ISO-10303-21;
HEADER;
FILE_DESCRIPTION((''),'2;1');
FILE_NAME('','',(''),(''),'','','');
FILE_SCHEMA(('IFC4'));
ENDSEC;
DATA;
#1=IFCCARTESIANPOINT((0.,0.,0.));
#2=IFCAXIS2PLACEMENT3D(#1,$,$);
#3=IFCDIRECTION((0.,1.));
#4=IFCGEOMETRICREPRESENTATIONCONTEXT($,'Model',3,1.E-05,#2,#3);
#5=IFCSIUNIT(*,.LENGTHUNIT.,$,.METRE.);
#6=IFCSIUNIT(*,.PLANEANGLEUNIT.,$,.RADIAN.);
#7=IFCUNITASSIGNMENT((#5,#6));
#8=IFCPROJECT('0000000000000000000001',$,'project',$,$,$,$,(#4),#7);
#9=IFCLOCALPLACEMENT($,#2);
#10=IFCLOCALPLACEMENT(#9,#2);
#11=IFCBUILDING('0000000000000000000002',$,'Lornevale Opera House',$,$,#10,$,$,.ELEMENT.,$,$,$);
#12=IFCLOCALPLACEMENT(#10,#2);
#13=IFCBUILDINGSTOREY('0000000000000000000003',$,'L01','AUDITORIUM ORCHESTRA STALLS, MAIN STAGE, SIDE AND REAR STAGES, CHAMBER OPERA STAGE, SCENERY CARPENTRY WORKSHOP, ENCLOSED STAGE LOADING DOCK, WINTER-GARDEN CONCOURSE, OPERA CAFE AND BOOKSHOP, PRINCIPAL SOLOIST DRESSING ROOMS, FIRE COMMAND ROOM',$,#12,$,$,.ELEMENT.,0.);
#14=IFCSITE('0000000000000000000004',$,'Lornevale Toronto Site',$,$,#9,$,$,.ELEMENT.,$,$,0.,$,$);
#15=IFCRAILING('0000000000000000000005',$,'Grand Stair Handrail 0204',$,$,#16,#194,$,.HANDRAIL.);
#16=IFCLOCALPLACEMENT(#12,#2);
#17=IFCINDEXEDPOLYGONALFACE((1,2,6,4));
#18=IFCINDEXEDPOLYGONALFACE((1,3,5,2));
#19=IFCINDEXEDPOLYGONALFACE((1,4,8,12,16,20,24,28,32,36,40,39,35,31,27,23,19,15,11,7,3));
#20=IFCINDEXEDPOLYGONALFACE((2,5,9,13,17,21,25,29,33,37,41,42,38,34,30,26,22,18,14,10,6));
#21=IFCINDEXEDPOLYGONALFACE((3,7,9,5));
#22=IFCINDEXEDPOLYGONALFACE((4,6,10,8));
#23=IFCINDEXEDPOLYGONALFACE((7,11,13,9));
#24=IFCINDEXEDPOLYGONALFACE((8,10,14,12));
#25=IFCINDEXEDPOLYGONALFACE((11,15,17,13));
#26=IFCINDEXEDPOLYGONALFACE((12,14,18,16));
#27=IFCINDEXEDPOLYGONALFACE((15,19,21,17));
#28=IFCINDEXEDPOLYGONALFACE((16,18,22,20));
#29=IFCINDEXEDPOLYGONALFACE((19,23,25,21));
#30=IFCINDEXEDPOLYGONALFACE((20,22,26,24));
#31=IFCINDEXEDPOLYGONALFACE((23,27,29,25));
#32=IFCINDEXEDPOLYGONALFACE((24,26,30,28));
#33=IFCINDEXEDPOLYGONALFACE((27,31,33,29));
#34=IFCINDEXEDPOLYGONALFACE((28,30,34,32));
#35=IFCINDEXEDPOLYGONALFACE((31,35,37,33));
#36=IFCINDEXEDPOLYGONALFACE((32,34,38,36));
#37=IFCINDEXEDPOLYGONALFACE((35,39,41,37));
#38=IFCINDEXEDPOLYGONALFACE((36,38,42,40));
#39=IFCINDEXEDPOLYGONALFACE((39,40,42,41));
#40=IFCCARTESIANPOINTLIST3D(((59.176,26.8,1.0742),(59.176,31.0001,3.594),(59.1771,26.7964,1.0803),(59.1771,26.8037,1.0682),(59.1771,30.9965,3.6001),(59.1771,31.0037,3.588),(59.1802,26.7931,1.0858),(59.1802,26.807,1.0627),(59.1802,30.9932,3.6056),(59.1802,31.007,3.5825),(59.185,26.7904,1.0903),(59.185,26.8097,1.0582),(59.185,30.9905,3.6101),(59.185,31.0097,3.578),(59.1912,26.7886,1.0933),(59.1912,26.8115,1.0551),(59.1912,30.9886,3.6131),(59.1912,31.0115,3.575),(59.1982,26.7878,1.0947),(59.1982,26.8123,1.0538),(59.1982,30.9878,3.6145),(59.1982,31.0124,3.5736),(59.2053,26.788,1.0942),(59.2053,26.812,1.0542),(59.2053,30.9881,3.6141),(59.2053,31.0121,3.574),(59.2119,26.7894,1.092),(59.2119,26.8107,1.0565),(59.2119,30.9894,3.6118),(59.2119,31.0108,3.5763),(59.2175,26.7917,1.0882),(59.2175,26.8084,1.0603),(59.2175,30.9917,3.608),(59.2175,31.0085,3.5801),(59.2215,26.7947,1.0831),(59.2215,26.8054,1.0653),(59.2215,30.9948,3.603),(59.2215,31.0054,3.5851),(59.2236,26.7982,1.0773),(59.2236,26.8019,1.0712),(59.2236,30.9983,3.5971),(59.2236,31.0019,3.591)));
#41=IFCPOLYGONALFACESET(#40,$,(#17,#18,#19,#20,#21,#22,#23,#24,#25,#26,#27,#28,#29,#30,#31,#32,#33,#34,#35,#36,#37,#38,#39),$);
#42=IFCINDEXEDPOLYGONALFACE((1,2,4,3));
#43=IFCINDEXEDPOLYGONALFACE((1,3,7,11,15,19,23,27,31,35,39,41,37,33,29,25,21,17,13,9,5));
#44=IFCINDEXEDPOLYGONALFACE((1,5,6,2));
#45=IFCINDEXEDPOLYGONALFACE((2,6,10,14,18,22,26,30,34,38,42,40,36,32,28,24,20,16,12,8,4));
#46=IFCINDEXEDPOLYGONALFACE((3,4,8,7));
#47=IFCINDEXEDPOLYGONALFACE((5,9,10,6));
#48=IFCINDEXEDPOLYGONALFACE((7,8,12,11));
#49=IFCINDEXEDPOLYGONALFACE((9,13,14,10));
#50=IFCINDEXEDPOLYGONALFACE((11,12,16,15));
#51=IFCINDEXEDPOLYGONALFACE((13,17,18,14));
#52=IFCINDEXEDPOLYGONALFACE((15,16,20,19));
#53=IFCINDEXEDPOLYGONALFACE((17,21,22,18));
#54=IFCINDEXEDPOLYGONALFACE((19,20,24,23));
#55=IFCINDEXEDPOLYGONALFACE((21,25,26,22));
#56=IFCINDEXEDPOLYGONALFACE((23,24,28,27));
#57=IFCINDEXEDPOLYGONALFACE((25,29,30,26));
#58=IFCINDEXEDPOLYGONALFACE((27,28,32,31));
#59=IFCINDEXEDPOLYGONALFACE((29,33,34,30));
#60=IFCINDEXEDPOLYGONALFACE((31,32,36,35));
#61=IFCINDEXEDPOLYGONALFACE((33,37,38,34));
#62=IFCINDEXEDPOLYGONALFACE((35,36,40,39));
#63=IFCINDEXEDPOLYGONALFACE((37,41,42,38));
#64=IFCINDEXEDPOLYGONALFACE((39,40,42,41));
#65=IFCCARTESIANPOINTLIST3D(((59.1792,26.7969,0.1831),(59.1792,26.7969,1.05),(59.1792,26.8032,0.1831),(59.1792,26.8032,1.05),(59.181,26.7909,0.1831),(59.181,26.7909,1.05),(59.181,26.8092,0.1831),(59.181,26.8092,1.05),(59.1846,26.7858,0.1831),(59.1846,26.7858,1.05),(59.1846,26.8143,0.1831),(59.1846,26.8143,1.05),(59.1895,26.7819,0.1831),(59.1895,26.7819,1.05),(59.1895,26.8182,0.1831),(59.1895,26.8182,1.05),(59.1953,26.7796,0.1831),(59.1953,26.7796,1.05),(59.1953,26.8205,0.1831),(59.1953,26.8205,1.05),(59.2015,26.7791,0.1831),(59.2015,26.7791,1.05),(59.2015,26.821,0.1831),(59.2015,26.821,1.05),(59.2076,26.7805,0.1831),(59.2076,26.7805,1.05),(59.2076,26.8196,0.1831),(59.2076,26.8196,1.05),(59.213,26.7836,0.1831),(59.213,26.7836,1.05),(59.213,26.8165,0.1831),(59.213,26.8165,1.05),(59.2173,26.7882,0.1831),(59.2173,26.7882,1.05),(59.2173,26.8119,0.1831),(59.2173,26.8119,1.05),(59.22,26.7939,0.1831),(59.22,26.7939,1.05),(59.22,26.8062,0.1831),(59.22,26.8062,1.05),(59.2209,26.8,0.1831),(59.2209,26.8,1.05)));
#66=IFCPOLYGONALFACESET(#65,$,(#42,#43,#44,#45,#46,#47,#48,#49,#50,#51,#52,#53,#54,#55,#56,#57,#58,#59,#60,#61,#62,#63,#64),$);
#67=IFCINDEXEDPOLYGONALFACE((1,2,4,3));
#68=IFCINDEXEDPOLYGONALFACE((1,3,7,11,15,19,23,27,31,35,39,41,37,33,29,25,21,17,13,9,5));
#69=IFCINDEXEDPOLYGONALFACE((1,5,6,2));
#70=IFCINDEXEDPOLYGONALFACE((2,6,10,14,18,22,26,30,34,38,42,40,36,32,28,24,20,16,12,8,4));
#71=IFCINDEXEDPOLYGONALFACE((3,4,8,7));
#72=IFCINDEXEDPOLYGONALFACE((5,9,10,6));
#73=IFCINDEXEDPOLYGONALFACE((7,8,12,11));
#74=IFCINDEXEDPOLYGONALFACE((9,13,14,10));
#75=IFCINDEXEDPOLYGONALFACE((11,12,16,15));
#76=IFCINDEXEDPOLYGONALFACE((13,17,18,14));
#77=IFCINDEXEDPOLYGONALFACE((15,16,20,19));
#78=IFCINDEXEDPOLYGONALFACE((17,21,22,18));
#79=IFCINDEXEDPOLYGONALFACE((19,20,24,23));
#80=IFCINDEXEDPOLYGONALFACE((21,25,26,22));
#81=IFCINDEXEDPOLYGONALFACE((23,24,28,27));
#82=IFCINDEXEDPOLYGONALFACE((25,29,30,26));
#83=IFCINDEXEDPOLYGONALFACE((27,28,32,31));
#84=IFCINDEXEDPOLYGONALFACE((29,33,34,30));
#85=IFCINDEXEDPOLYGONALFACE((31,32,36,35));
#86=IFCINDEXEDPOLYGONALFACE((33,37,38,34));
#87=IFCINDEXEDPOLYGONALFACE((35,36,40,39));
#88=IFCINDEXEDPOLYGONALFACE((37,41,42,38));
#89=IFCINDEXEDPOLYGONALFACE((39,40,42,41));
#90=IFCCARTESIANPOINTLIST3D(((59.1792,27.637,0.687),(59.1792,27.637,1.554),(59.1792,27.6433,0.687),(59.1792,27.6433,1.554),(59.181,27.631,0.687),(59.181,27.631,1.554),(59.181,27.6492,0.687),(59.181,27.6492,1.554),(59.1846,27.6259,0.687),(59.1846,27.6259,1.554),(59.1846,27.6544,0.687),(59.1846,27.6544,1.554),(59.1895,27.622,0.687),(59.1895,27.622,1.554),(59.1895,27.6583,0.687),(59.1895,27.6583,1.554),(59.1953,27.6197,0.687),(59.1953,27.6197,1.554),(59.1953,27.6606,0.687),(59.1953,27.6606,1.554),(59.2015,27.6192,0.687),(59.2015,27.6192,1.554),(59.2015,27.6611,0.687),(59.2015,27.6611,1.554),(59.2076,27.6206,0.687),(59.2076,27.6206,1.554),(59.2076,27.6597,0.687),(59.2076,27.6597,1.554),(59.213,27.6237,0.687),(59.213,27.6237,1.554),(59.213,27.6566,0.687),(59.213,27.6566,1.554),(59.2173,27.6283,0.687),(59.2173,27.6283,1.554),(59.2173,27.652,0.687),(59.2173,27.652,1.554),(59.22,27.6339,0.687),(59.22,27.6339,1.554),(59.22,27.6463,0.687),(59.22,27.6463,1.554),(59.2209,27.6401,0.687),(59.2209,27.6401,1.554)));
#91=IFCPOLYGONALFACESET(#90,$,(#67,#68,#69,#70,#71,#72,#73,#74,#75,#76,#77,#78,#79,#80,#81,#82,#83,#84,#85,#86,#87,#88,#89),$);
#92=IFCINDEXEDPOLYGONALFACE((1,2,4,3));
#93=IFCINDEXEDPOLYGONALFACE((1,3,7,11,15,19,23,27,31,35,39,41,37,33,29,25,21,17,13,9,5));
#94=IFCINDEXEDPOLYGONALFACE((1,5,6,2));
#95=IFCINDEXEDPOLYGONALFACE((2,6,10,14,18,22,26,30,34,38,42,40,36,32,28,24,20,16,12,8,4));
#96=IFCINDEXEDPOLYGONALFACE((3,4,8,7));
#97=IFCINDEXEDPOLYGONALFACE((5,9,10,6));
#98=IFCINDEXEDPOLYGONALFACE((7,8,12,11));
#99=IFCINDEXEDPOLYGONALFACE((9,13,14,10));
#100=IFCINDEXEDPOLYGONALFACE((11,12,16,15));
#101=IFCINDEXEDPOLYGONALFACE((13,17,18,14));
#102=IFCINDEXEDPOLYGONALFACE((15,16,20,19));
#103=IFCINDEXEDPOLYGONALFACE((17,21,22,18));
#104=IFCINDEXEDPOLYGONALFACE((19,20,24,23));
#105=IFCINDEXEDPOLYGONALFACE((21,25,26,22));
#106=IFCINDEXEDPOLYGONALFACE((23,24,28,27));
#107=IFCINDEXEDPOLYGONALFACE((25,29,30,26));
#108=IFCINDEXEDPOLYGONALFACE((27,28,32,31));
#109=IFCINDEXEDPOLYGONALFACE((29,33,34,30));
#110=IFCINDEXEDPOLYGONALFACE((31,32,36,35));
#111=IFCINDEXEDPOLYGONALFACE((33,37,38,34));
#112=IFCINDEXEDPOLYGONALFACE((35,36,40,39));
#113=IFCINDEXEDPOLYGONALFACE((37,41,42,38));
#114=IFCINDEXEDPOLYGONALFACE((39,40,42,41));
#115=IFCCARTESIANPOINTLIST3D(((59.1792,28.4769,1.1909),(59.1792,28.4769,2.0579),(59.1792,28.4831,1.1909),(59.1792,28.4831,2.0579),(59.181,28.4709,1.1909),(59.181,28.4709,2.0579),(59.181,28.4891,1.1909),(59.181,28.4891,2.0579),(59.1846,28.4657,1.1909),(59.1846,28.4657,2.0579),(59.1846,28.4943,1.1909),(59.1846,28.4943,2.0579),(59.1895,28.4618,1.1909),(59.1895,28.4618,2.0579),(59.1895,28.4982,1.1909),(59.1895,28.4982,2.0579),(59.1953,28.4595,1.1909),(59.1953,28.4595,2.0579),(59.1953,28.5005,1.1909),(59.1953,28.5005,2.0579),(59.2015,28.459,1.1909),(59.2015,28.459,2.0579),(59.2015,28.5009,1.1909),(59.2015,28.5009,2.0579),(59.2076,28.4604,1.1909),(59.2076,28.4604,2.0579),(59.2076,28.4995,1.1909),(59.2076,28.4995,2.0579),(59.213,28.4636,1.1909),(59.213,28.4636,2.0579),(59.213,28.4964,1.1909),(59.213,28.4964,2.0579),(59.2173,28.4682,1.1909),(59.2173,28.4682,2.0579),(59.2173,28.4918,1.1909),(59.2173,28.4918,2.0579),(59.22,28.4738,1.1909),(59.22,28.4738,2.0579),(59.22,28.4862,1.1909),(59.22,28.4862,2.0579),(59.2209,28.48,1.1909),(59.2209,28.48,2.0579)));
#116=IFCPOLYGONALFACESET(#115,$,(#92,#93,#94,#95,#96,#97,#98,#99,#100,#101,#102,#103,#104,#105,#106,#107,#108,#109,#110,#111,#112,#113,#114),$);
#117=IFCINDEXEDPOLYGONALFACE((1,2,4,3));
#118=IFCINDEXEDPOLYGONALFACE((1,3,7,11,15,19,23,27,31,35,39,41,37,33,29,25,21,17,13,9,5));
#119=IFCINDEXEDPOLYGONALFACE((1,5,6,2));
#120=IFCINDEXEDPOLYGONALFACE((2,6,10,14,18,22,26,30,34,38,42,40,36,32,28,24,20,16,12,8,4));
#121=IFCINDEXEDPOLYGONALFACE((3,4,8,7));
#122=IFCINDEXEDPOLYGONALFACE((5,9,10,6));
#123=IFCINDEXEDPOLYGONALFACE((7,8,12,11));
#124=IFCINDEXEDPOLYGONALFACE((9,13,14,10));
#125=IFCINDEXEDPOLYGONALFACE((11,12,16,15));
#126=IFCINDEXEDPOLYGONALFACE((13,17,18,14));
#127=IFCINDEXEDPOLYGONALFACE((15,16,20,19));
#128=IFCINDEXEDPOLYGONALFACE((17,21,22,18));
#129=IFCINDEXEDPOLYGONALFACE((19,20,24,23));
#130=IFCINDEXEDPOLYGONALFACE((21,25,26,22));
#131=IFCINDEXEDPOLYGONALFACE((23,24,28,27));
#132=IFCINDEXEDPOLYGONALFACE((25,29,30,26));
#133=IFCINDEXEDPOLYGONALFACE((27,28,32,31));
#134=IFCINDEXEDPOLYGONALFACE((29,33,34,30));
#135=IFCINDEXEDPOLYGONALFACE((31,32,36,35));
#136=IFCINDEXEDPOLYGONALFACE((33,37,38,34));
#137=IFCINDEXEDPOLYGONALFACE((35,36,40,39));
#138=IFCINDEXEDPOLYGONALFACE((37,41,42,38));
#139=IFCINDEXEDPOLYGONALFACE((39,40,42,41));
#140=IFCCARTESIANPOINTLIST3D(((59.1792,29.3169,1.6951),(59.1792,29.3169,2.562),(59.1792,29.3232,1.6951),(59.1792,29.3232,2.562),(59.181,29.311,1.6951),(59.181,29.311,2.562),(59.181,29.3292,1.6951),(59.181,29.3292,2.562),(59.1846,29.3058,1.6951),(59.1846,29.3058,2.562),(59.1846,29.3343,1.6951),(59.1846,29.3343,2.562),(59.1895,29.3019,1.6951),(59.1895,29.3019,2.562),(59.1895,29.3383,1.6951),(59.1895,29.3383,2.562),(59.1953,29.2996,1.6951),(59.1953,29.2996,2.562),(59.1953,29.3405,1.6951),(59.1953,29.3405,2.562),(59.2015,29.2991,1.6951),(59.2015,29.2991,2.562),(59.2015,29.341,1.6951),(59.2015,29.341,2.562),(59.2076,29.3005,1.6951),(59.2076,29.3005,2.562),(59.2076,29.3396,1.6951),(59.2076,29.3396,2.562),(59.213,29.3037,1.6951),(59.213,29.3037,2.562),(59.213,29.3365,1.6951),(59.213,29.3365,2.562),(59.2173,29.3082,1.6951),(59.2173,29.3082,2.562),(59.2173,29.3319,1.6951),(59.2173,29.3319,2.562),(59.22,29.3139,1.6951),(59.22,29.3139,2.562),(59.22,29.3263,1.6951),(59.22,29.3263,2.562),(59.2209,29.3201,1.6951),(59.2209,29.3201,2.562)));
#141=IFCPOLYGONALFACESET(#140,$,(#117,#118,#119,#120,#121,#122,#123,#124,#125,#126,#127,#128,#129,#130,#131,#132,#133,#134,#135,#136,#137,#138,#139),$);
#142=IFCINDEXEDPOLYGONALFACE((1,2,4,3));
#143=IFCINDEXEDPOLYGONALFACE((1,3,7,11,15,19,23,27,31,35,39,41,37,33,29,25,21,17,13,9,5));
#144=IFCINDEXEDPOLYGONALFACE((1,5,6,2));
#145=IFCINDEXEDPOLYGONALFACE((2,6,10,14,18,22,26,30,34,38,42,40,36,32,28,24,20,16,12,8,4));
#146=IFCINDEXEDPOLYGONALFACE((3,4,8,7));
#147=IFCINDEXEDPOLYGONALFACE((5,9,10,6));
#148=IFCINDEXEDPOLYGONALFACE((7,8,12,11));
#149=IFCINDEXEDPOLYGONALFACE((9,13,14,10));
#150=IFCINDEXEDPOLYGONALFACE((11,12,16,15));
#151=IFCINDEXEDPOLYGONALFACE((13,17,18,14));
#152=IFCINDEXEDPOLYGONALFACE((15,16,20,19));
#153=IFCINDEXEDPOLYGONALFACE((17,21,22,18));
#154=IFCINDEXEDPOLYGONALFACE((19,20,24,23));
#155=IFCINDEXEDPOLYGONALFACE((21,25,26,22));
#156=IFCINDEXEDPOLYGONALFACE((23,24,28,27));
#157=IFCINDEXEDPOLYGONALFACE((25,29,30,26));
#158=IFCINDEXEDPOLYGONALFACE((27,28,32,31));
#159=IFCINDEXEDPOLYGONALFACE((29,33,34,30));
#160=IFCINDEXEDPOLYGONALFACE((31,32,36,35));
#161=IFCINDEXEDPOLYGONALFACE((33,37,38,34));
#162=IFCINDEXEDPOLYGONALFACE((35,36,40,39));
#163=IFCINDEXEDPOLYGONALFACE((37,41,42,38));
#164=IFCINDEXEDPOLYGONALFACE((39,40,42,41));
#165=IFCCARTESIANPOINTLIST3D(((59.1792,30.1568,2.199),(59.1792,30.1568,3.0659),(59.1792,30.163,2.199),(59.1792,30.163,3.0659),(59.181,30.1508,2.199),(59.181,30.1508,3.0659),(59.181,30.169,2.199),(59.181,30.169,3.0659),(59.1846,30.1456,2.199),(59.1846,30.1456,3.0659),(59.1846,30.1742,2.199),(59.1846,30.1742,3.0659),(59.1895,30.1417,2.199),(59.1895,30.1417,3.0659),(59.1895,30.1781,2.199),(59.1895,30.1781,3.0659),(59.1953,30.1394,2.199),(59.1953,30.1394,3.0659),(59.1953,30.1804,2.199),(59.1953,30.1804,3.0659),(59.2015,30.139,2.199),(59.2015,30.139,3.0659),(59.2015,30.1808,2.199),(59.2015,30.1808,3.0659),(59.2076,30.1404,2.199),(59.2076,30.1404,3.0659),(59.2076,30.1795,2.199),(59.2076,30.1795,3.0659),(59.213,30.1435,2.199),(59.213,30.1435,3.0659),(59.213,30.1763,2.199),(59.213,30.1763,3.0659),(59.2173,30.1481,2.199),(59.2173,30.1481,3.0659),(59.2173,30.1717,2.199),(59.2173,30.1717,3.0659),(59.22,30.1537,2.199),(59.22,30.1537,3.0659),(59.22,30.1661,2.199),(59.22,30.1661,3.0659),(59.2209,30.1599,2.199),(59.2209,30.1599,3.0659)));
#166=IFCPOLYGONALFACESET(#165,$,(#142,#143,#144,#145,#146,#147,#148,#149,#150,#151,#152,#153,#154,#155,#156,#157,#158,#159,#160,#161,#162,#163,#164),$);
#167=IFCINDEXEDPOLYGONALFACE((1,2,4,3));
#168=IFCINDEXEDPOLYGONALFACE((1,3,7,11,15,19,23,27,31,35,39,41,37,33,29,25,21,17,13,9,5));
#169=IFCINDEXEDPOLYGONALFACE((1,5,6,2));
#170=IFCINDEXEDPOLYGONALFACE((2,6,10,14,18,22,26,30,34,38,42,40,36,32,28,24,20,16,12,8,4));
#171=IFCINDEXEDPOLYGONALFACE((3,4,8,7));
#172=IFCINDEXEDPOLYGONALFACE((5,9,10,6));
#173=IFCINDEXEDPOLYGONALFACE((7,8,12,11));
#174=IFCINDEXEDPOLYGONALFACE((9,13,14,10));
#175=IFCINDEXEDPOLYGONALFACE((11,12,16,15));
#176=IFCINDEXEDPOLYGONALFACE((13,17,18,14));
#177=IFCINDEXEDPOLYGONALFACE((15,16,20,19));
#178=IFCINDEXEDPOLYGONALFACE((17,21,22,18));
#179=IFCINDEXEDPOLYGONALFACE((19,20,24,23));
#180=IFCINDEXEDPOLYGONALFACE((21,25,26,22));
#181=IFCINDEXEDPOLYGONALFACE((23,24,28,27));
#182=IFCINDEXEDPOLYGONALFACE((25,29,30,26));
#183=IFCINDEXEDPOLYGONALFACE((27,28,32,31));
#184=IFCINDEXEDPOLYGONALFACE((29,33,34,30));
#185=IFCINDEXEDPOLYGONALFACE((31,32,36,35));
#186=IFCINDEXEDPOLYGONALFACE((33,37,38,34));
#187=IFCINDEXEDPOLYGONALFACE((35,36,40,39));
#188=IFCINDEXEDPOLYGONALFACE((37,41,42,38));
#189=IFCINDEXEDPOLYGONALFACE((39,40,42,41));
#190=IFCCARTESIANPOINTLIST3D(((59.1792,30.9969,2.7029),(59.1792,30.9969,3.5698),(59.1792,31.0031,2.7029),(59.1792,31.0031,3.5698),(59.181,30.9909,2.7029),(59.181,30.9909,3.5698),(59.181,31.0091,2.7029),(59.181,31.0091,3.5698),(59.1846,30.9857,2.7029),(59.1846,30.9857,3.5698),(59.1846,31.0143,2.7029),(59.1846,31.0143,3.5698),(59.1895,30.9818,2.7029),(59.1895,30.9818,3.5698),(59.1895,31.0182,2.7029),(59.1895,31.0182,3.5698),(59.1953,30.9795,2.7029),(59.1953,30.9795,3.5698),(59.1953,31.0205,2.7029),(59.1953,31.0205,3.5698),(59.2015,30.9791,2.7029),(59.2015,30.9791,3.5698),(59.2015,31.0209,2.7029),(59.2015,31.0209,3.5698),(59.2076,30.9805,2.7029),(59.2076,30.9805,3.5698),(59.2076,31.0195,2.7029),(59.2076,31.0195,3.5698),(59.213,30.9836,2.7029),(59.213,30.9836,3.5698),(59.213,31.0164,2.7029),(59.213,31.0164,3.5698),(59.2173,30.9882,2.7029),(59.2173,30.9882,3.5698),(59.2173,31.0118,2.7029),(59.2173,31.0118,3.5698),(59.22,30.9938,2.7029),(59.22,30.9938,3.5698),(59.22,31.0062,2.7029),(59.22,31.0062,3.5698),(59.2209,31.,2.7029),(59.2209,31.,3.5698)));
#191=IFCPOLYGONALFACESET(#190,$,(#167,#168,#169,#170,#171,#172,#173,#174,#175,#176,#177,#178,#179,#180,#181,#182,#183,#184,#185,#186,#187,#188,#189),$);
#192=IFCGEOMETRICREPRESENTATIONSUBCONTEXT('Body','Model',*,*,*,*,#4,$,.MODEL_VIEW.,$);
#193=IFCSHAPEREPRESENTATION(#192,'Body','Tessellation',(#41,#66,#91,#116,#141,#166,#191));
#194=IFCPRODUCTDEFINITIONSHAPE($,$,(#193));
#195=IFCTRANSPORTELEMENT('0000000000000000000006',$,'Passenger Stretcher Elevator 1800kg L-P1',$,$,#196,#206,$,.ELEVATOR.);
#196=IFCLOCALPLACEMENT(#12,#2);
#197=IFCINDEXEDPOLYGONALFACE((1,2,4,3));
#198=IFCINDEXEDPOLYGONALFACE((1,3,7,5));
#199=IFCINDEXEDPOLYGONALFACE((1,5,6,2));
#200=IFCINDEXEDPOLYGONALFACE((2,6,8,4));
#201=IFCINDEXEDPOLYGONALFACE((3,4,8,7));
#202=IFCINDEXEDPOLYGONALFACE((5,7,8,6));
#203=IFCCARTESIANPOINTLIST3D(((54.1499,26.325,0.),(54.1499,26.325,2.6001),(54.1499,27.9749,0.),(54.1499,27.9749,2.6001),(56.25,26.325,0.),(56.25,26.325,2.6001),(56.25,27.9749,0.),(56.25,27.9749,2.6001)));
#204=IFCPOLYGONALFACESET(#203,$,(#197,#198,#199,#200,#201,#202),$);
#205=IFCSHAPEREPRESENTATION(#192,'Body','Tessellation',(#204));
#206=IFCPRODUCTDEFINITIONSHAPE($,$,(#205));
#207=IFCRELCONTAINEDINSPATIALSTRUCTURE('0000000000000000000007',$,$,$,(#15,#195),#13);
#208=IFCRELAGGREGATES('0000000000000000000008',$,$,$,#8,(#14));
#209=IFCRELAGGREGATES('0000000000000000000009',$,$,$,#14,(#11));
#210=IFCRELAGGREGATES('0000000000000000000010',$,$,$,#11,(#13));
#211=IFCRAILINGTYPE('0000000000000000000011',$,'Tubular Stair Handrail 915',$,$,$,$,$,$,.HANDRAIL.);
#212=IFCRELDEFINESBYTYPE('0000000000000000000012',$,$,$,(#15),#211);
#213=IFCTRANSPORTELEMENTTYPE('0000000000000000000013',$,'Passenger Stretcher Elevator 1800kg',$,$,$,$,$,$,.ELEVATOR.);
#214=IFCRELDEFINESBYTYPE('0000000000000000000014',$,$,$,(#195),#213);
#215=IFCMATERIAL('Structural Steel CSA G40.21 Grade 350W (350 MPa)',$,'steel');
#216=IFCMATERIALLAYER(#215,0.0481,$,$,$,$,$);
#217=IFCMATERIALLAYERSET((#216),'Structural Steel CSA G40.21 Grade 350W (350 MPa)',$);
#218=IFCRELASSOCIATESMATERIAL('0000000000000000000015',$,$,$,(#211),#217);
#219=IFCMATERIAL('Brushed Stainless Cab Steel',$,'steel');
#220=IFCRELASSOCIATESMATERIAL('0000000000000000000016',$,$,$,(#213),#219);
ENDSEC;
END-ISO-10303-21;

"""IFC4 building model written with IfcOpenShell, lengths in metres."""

from ifc_helpers import new_model, si_unit, direction, frame, origin, origin_2d, place, context, subcontext, project, spatial, rectangle, circle, extrude, material, layer, layer_set, type_object, element, save


model = new_model("IFC4")

# Units and contexts
model_context = context("Model", 3, precision=1e-05, world=origin(), true_north=direction((0.0, 1.0)))
body_context = subcontext(model_context, "Body", "Model", "MODEL_VIEW")
ifc_project = project(units=[si_unit("LENGTHUNIT", "METRE"), si_unit("PLANEANGLEUNIT", "RADIAN")], contexts=[model_context])

# Site, building, storey
site_placement = place(None, origin())
site = spatial("IfcSite", under=ifc_project, at=site_placement, Name="Lornevale Toronto Site", CompositionType="ELEMENT", RefElevation=0.0)
building_placement = place(site_placement, origin())
building = spatial("IfcBuilding", under=site, at=building_placement, Name="Lornevale Opera House", CompositionType="ELEMENT")
storey_placement = place(building_placement, origin())
storey = spatial("IfcBuildingStorey", under=building, at=storey_placement, Name="L01", Description="AUDITORIUM ORCHESTRA STALLS, MAIN STAGE, SIDE AND REAR STAGES, CHAMBER OPERA STAGE, SCENERY CARPENTRY WORKSHOP, ENCLOSED STAGE LOADING DOCK, WINTER-GARDEN CONCOURSE, OPERA CAFE AND BOOKSHOP, PRINCIPAL SOLOIST DRESSING ROOMS, FIRE COMMAND ROOM", CompositionType="ELEMENT", Elevation=0.0)

# Shared definitions
ifc_material_1 = material(Name="Structural Steel CSA G40.21 Grade 350W (350 MPa)", Category="steel")

# Railing
ifc_layer_1 = layer(ifc_material_1, 0.0481)
ifc_layer_set_1 = layer_set([ifc_layer_1], Name="Structural Steel CSA G40.21 Grade 350W (350 MPa)")
railing_type_1 = type_object("IfcRailingType", Name="Tubular Stair Handrail 915", PredefinedType="HANDRAIL", material=ifc_layer_set_1)
railing_1_placement = place(storey_placement, frame((59.2, 26.8, 0.1831)))
element("IfcRailing", 1, at=railing_1_placement, inside=storey, type_object=railing_type_1, Name="Grand Stair Handrail 0204", PredefinedType="HANDRAIL", context=body_context, shape_type="SweptSolid", body=[
    extrude(circle(Radius=0.0239, at=origin_2d()), frame((0.0, 0.0, 0.8911), z_axis=(0.0, 0.857511, 0.514466), x_axis=(-1.0, 0.0, 0.0)), (0.0, 0.0, 1.0), 4.8979),
    extrude(circle(Radius=0.021, at=origin_2d()), origin(), (0.0, 0.0, 1.0), 0.8669),
    extrude(circle(Radius=0.021, at=origin_2d()), frame((0.0, 0.8401, 0.5039)), (0.0, 0.0, 1.0), 0.8669),
    extrude(circle(Radius=0.021, at=origin_2d()), frame((0.0, 1.6799, 1.0078)), (0.0, 0.0, 1.0), 0.8669),
    extrude(circle(Radius=0.021, at=origin_2d()), frame((0.0, 2.52, 1.512)), (0.0, 0.0, 1.0), 0.8669),
    extrude(circle(Radius=0.021, at=origin_2d()), frame((0.0, 3.3599, 2.0159)), (0.0, 0.0, 1.0), 0.8669),
    extrude(circle(Radius=0.021, at=origin_2d()), frame((0.0, 4.2, 2.5198)), (0.0, 0.0, 1.0), 0.8669),
])

# Transport element
ifc_material_2 = material(Name="Brushed Stainless Cab Steel", Category="steel")
transport_element_type = type_object("IfcTransportElementType", Name="Passenger Stretcher Elevator 1800kg", PredefinedType="ELEVATOR", material=ifc_material_2)
transport_element_placement = place(storey_placement, frame((55.2, 27.1499, 0.0), z_axis=(0.0, 0.0, 1.0), x_axis=(1.0, 0.0, 0.0)))
element("IfcTransportElement", 2, at=transport_element_placement, inside=storey, type_object=transport_element_type, Name="Passenger Stretcher Elevator 1800kg L-P1", PredefinedType="ELEVATOR", context=body_context, shape_type="SweptSolid", body=[
    extrude(rectangle(XDim=2.1001, YDim=1.6499, at=origin_2d()), origin(), (0.0, 0.0, 1.0), 2.6001),
])

save(model, "model.ifc")
